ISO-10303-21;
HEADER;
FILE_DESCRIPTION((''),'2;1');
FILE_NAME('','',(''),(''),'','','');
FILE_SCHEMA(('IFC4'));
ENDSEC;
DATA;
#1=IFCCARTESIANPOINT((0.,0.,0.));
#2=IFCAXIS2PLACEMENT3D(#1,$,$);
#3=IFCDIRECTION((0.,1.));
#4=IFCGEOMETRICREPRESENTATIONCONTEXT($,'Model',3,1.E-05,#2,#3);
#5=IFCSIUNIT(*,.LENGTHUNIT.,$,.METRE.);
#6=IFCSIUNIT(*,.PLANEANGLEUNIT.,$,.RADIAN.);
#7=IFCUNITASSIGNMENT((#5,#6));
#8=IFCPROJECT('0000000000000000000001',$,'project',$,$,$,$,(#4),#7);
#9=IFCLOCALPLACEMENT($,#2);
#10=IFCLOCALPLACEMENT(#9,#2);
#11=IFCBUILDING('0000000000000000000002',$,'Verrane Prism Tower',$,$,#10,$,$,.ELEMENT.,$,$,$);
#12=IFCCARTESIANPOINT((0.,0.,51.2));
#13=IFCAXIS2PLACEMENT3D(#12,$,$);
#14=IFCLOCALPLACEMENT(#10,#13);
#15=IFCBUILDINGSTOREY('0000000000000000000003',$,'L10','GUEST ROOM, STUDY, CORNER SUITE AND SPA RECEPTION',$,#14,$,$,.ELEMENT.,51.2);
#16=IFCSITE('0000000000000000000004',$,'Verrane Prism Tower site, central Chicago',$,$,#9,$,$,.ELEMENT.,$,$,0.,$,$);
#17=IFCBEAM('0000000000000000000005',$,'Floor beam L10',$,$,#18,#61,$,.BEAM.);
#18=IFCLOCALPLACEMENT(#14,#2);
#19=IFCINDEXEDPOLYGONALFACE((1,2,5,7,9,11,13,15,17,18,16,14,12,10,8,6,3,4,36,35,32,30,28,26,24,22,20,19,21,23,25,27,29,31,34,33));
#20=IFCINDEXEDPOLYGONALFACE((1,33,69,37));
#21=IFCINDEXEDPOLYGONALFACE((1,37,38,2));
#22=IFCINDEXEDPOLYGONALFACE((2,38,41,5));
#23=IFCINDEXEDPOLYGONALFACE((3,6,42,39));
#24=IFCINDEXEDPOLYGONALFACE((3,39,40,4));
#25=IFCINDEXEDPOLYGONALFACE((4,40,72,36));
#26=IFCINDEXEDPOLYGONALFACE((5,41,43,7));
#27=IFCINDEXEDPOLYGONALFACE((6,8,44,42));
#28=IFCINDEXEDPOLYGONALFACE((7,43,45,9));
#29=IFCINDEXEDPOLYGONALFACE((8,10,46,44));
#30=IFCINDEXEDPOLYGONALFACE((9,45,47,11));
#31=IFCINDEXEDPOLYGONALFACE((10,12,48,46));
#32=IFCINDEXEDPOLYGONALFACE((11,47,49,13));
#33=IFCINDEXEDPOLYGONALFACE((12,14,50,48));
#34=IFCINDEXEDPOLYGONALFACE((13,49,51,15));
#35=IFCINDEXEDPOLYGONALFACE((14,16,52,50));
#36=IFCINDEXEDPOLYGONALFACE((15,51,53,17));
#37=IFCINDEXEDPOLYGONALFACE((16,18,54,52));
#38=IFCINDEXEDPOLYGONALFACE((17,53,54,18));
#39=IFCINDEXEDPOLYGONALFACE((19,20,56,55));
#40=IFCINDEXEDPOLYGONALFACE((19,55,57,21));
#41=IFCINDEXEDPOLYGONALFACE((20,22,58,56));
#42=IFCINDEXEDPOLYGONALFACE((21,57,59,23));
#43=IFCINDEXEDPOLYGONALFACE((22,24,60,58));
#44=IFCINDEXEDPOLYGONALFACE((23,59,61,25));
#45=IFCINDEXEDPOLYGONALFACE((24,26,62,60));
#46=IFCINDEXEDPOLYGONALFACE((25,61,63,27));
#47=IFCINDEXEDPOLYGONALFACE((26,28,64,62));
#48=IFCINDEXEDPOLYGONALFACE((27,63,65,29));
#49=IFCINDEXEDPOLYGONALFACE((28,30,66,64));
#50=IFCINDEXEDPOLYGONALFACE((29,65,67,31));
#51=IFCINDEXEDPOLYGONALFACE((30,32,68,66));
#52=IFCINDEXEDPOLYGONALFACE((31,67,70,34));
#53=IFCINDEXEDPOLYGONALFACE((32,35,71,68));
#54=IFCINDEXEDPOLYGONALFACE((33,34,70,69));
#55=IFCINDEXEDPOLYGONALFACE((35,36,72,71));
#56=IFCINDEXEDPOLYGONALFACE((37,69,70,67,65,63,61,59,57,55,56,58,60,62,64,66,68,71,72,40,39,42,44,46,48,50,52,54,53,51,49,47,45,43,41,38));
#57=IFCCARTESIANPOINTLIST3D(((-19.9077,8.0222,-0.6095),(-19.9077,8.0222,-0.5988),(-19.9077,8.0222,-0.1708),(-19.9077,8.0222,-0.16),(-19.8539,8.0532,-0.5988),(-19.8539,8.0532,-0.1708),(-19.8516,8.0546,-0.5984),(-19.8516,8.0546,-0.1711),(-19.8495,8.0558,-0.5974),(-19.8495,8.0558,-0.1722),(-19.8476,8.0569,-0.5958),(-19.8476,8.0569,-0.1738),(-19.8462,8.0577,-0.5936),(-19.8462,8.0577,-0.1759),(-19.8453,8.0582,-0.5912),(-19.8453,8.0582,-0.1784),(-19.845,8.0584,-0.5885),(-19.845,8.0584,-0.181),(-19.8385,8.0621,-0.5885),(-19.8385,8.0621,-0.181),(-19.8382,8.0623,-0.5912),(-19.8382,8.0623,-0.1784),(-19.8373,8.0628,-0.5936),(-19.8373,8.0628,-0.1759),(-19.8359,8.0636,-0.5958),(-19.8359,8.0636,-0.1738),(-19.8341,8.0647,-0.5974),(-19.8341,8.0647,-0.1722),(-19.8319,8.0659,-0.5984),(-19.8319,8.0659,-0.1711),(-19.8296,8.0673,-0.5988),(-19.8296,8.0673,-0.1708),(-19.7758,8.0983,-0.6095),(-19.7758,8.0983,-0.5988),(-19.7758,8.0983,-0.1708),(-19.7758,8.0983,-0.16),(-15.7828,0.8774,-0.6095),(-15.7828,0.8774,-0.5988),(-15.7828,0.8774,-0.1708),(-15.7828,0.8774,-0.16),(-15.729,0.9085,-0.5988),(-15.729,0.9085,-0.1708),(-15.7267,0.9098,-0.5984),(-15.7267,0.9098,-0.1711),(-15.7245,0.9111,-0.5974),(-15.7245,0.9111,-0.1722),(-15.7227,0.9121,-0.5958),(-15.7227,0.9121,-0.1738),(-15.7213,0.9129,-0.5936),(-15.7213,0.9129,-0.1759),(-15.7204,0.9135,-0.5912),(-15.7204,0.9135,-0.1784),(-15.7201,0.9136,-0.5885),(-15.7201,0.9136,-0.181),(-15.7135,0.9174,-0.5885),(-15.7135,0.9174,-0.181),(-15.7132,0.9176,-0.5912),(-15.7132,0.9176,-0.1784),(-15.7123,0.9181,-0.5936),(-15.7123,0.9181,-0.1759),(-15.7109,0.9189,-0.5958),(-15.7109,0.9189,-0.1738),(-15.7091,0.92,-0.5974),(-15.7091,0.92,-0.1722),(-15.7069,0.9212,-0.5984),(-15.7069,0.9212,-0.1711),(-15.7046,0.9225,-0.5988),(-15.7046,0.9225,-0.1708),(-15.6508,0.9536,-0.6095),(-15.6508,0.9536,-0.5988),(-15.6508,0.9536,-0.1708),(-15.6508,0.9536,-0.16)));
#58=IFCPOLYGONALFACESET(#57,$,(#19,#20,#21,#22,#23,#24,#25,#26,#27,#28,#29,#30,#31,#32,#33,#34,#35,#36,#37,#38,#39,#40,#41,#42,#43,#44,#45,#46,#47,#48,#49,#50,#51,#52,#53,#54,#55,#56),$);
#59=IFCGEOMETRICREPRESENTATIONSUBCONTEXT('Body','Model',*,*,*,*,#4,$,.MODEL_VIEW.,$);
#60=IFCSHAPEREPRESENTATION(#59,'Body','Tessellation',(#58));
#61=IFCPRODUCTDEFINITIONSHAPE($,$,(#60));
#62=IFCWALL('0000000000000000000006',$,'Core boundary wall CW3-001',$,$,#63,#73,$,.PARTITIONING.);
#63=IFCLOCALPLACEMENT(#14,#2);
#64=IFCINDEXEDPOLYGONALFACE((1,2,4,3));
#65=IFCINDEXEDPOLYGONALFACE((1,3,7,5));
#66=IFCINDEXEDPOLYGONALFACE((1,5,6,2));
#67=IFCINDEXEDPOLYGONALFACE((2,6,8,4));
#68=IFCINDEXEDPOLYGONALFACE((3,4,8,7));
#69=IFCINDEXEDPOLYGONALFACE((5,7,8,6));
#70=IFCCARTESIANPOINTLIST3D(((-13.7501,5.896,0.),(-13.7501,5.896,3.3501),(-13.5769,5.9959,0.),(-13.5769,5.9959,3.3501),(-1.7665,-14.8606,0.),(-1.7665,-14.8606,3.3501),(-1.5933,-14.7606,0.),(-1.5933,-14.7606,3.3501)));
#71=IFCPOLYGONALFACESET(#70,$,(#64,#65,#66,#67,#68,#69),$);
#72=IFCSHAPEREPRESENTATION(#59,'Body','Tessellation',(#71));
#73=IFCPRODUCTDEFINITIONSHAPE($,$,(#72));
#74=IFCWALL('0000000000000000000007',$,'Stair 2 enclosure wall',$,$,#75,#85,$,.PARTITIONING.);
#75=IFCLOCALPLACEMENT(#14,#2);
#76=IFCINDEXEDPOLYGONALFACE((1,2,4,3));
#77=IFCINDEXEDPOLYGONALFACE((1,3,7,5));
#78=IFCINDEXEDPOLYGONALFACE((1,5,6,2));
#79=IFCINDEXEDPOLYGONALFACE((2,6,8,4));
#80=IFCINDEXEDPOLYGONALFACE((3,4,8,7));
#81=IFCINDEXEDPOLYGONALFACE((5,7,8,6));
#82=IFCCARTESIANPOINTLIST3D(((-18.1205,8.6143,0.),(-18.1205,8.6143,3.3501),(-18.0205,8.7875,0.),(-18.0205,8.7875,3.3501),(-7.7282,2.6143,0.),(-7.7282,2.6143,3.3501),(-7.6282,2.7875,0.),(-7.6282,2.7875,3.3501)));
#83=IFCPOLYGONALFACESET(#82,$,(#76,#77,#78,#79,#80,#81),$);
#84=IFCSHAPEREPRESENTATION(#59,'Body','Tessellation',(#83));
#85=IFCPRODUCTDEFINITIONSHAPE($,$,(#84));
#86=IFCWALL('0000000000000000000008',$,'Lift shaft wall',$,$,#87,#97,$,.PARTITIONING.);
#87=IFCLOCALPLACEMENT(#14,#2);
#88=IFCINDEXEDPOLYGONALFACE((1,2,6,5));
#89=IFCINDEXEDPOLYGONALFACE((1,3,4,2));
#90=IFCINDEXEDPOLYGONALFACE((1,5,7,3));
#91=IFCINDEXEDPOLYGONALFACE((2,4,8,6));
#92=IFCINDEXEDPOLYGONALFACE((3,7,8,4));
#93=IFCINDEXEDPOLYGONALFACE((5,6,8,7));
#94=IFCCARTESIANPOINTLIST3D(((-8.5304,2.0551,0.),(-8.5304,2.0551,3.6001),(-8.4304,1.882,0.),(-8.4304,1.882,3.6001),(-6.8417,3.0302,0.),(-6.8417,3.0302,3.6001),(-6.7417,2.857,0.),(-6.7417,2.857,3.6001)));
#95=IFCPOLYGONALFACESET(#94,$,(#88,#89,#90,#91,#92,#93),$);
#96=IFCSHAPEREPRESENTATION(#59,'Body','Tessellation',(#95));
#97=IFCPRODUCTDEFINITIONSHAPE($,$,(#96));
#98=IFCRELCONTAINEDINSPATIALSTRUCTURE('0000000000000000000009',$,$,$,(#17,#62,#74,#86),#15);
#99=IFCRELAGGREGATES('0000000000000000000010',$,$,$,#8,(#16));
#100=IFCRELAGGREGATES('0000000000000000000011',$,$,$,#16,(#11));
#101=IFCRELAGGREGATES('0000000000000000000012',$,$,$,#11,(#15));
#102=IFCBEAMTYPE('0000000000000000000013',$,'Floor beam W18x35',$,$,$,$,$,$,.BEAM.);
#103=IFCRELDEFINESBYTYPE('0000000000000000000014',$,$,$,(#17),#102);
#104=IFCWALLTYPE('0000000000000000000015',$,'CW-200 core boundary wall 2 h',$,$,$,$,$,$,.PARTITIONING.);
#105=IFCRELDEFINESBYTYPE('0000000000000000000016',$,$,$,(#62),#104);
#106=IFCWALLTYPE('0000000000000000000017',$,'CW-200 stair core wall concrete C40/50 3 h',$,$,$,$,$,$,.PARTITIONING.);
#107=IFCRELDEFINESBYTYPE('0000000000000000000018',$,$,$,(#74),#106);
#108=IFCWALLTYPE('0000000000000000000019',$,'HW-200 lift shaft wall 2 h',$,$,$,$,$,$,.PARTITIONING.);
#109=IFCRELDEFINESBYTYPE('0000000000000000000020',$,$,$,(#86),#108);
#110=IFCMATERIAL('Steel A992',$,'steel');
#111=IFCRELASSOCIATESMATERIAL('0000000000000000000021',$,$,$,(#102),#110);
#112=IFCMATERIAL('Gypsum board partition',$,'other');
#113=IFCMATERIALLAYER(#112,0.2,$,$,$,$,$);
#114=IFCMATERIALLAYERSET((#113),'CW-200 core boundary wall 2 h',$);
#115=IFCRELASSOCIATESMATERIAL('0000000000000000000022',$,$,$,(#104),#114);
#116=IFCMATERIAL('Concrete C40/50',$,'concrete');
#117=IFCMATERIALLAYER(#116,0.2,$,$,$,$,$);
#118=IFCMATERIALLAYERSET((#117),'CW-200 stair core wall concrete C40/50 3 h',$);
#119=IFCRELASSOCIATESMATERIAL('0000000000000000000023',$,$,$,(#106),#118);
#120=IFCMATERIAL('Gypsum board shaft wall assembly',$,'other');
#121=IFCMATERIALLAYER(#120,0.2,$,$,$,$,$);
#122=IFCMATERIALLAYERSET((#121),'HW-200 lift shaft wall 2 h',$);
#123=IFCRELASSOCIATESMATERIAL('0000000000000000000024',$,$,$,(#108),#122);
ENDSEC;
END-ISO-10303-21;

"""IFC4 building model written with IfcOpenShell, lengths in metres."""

from ifc_helpers import new_model, si_unit, direction, frame, frame_2d, origin, origin_2d, place, context, subcontext, project, spatial, rectangle, i_section, extrude, material, layer, layer_set, material_profile, profile_set, type_object, element, save


model = new_model("IFC4")

# Units and contexts
model_context = context("Model", 3, precision=1e-05, world=origin(), true_north=direction((0.0, 1.0)))
body_context = subcontext(model_context, "Body", "Model", "MODEL_VIEW")
ifc_project = project(units=[si_unit("LENGTHUNIT", "METRE"), si_unit("PLANEANGLEUNIT", "RADIAN")], contexts=[model_context])

# Site, building, storey
site_placement = place(None, origin())
site = spatial("IfcSite", under=ifc_project, at=site_placement, Name="Verrane Prism Tower site, central Chicago", CompositionType="ELEMENT", RefElevation=0.0)
building_placement = place(site_placement, origin())
building = spatial("IfcBuilding", under=site, at=building_placement, Name="Verrane Prism Tower", CompositionType="ELEMENT")
storey_placement = place(building_placement, frame((0.0, 0.0, 51.2)))
storey = spatial("IfcBuildingStorey", under=building, at=storey_placement, Name="L10", Description="GUEST ROOM, STUDY, CORNER SUITE AND SPA RECEPTION", CompositionType="ELEMENT", Elevation=51.2)

# Beam
ifc_material_1 = material(Name="Steel A992", Category="steel")
ifc_material_profile_1 = material_profile(ifc_material_1, i_section(OverallWidth=0.1523, OverallDepth=0.4495, WebThickness=0.0076, FlangeThickness=0.0107, FilletRadius=0.0103, at=origin_2d()), Name="W18x35")
ifc_profile_set_1 = profile_set([ifc_material_profile_1], Name="Steel A992")
beam_type_1 = type_object("IfcBeamType", Name="Floor beam W18x35", PredefinedType="BEAM", material=ifc_profile_set_1)
beam_1_placement = place(storey_placement, frame((-15.7168, 0.9155, -0.3848), z_axis=(-0.499997, 0.866027, 0.0), x_axis=(-0.866027, -0.499997, 0.0)))
element("IfcBeam", 1, at=beam_1_placement, inside=storey, type_object=beam_type_1, Name="Floor beam L10", PredefinedType="BEAM", context=body_context, shape_type="SweptSolid", body=[
    extrude(i_section(OverallWidth=0.1523, OverallDepth=0.4495, WebThickness=0.0076, FlangeThickness=0.0107, FilletRadius=0.0103, at=origin_2d()), origin(), (0.0, 0.0, 1.0), 8.25),
])

# Walls
ifc_material_2 = material(Name="Gypsum board partition", Category="other")
ifc_layer_1 = layer(ifc_material_2, 0.2)
ifc_layer_set_1 = layer_set([ifc_layer_1], Name="CW-200 core boundary wall 2 h")
wall_type_1 = type_object("IfcWallType", Name="CW-200 core boundary wall 2 h", PredefinedType="PARTITIONING", material=ifc_layer_set_1)
wall_1_placement = place(storey_placement, frame((-13.6636, 5.946, 0.0), z_axis=(0.0, 0.0, 1.0), x_axis=(0.499994, -0.866029, 0.0)))
element("IfcWall", 2, at=wall_1_placement, inside=storey, type_object=wall_type_1, Name="Core boundary wall CW3-001", PredefinedType="PARTITIONING", context=body_context, shape_type="SweptSolid", body=[
    extrude(rectangle(XDim=23.9675, YDim=0.2, at=frame_2d((11.9839, 0.0))), origin(), (0.0, 0.0, 1.0), 3.3501),
])
ifc_material_3 = material(Name="Concrete C40/50", Category="concrete")
ifc_layer_2 = layer(ifc_material_3, 0.2)
ifc_layer_set_2 = layer_set([ifc_layer_2], Name="CW-200 stair core wall concrete C40/50 3 h")
wall_type_2 = type_object("IfcWallType", Name="CW-200 stair core wall concrete C40/50 3 h", PredefinedType="PARTITIONING", material=ifc_layer_set_2)
wall_2_placement = place(storey_placement, frame((-7.6782, 2.7009, 0.0), z_axis=(0.0, 0.0, 1.0), x_axis=(-0.866026, 0.499999, 0.0)))
element("IfcWall", 3, at=wall_2_placement, inside=storey, type_object=wall_type_2, Name="Stair 2 enclosure wall", PredefinedType="PARTITIONING", context=body_context, shape_type="SweptSolid", body=[
    extrude(rectangle(XDim=12.0, YDim=0.2, at=frame_2d((6.0, 0.0))), origin(), (0.0, 0.0, 1.0), 3.3501),
])
ifc_material_4 = material(Name="Gypsum board shaft wall assembly", Category="other")
ifc_layer_3 = layer(ifc_material_4, 0.2)
ifc_layer_set_3 = layer_set([ifc_layer_3], Name="HW-200 lift shaft wall 2 h")
wall_type_3 = type_object("IfcWallType", Name="HW-200 lift shaft wall 2 h", PredefinedType="PARTITIONING", material=ifc_layer_set_3)
wall_3_placement = place(storey_placement, frame((-8.4805, 1.9685, 0.0), z_axis=(0.0, 0.0, 1.0), x_axis=(0.866, 0.500044, 0.0)))
element("IfcWall", 4, at=wall_3_placement, inside=storey, type_object=wall_type_3, Name="Lift shaft wall", PredefinedType="PARTITIONING", context=body_context, shape_type="SweptSolid", body=[
    extrude(rectangle(XDim=1.95, YDim=0.2, at=frame_2d((0.9751, 0.0))), origin(), (0.0, 0.0, 1.0), 3.6001),
])

save(model, "model.ifc")
